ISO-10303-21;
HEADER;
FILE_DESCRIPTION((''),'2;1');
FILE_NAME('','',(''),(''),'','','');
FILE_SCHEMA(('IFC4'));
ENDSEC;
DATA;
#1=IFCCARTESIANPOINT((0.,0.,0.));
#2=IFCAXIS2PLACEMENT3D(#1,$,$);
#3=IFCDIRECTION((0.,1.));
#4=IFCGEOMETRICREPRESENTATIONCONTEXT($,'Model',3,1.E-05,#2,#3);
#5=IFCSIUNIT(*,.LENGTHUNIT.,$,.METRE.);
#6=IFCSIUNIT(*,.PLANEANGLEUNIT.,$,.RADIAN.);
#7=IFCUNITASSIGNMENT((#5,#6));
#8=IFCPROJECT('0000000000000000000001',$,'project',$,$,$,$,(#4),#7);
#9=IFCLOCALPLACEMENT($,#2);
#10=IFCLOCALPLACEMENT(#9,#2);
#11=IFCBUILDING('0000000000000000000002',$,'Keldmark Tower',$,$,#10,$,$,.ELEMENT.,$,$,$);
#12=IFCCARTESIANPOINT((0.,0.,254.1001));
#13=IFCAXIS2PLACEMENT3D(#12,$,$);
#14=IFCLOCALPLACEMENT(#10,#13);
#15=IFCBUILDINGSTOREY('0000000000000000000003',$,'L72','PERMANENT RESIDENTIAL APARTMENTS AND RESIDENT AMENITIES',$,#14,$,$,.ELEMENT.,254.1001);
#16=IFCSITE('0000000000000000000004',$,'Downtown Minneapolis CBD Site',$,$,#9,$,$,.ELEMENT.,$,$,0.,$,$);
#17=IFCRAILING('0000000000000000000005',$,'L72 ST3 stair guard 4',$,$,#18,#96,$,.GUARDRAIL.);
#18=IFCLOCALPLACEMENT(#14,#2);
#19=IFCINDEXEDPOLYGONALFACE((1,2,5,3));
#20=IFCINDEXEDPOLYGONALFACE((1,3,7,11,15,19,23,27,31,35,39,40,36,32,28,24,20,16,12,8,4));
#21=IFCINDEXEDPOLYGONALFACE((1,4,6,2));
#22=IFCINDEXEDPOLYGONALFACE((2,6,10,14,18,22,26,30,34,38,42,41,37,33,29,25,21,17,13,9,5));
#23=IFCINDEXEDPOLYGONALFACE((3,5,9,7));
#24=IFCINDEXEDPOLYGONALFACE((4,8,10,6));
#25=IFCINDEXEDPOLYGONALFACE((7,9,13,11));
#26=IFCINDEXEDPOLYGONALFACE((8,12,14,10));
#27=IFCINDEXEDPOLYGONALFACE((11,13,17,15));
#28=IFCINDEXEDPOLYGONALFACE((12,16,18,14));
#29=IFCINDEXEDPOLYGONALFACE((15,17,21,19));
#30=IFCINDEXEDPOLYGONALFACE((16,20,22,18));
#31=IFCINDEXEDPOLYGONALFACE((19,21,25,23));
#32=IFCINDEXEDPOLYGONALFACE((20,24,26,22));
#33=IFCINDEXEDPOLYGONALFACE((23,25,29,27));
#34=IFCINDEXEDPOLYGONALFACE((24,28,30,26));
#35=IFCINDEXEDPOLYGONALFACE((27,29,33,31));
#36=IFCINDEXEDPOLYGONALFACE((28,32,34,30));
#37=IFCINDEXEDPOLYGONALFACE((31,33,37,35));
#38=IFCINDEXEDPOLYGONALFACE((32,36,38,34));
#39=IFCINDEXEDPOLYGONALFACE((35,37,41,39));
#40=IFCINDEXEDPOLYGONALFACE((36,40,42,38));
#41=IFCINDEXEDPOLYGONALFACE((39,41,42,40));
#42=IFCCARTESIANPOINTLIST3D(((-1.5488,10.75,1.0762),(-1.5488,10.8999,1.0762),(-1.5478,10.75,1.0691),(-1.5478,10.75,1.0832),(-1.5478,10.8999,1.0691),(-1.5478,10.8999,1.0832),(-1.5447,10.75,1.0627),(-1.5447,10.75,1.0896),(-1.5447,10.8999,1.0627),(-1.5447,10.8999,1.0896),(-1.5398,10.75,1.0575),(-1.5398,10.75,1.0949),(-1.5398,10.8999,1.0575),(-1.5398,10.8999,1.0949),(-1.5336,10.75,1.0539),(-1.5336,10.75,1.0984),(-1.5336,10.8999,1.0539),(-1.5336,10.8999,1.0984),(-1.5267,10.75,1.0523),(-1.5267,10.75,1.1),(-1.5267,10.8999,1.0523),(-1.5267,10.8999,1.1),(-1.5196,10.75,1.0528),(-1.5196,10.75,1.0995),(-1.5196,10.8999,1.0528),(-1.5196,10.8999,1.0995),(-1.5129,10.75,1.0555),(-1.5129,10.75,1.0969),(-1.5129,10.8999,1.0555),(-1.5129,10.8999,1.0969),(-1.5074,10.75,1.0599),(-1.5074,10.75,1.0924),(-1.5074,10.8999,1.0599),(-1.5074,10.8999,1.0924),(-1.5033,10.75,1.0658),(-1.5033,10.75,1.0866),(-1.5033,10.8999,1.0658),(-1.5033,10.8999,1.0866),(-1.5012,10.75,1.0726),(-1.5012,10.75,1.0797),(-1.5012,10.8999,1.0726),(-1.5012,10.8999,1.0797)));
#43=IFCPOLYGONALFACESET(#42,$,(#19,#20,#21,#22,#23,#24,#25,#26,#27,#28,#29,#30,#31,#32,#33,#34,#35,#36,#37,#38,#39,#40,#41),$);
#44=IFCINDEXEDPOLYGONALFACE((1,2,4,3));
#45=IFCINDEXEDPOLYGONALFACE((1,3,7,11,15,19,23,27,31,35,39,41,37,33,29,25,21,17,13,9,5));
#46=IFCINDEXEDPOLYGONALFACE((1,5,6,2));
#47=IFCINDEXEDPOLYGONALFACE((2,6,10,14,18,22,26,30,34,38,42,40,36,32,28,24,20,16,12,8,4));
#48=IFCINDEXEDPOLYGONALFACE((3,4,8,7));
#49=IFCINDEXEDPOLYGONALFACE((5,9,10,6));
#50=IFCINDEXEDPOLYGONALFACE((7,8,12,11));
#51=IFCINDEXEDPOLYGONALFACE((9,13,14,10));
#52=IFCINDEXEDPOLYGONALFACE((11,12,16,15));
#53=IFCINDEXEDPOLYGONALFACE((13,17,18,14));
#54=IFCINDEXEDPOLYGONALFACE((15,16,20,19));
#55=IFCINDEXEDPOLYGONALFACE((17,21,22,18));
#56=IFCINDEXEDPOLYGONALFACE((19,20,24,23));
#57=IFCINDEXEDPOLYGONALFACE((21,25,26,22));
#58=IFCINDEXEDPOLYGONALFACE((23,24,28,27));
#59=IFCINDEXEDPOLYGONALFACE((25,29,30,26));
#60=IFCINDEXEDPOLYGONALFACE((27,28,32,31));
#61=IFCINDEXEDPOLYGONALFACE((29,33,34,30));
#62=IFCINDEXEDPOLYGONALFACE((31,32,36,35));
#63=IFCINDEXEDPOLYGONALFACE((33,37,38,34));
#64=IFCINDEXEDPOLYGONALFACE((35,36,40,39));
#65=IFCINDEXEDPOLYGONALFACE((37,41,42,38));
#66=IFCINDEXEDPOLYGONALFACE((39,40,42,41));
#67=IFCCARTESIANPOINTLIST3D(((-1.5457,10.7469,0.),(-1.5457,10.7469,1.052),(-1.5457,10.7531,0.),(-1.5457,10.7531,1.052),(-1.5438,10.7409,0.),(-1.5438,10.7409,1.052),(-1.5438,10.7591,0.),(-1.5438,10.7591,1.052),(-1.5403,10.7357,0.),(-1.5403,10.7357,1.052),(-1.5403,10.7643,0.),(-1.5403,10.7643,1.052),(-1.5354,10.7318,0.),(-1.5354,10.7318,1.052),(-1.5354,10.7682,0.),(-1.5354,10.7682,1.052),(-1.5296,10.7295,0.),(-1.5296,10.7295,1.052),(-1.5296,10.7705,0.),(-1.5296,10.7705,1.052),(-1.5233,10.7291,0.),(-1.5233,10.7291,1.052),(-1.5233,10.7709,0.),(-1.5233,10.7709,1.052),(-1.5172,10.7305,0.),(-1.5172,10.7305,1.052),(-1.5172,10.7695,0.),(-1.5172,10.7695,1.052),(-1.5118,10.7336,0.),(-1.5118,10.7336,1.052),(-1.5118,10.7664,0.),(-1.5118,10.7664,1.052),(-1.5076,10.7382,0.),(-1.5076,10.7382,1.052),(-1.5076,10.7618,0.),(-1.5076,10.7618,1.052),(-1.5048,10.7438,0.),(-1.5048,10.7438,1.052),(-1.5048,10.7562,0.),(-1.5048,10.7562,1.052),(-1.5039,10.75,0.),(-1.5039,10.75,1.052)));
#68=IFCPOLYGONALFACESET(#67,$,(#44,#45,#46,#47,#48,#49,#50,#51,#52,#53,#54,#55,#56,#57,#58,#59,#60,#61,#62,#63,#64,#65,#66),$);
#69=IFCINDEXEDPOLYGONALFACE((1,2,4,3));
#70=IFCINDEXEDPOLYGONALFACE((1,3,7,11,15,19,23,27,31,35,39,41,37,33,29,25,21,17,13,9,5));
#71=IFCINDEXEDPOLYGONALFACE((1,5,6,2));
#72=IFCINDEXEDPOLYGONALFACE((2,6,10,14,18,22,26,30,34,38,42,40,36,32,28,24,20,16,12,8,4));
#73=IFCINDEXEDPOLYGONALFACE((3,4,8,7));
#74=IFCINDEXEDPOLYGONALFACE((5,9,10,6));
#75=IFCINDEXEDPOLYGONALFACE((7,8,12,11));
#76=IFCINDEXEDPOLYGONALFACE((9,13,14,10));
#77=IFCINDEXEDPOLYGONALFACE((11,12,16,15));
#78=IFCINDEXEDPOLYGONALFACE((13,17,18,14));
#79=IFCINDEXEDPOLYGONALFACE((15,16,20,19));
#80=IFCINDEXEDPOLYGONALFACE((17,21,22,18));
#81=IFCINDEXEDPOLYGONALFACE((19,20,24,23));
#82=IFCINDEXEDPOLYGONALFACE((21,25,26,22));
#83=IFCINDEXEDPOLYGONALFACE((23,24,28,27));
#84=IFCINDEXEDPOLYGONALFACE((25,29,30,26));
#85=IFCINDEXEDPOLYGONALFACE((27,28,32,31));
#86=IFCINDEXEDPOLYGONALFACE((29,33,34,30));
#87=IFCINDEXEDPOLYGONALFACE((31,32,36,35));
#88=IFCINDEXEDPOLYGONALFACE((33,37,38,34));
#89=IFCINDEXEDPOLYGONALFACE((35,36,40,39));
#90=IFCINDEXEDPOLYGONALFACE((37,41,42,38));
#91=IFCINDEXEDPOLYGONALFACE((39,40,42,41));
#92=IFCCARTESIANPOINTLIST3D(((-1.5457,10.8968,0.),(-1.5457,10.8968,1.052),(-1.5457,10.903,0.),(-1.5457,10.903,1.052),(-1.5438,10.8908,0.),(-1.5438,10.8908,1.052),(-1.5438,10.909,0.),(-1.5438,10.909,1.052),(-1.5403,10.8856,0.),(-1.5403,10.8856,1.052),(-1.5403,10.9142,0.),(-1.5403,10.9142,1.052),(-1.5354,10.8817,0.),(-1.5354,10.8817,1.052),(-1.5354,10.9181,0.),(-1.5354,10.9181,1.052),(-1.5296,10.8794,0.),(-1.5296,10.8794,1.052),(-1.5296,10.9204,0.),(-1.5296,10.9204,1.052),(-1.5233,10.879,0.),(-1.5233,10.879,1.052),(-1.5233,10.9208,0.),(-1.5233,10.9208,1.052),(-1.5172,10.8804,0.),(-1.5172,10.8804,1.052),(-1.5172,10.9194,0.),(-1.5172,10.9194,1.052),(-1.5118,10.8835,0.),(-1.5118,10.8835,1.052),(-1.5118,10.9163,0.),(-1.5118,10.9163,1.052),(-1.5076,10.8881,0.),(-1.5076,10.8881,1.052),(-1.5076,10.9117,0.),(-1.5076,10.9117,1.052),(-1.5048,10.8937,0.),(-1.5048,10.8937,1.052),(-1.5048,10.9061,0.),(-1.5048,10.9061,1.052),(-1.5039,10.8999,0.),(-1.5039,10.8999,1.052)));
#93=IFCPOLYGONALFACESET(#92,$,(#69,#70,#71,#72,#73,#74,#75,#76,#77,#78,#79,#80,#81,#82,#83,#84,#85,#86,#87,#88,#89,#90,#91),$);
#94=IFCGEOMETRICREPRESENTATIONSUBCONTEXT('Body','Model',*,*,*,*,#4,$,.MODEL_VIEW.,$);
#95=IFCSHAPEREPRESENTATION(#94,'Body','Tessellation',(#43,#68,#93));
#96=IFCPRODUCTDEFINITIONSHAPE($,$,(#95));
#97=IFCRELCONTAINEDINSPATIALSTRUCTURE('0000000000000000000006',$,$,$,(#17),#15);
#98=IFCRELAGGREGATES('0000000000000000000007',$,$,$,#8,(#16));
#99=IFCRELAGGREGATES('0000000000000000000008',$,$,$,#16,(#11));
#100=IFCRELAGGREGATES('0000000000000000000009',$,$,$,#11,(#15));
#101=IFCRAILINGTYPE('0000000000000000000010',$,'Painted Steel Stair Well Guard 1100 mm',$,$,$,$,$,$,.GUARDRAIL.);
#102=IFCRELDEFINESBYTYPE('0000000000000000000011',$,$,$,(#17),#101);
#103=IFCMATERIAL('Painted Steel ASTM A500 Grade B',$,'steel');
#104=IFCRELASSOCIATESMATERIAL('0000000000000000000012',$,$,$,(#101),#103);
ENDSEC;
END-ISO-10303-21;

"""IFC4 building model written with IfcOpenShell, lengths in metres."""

from ifc_helpers import new_model, si_unit, direction, frame, origin, origin_2d, place, context, subcontext, project, spatial, circle, extrude, material, type_object, element, save


model = new_model("IFC4")

# Units and contexts
model_context = context("Model", 3, precision=1e-05, world=origin(), true_north=direction((0.0, 1.0)))
body_context = subcontext(model_context, "Body", "Model", "MODEL_VIEW")
ifc_project = project(units=[si_unit("LENGTHUNIT", "METRE"), si_unit("PLANEANGLEUNIT", "RADIAN")], contexts=[model_context])

# Site, building, storey
site_placement = place(None, origin())
site = spatial("IfcSite", under=ifc_project, at=site_placement, Name="Downtown Minneapolis CBD Site", CompositionType="ELEMENT", RefElevation=0.0)
building_placement = place(site_placement, origin())
building = spatial("IfcBuilding", under=site, at=building_placement, Name="Keldmark Tower", CompositionType="ELEMENT")
storey_placement = place(building_placement, frame((0.0, 0.0, 254.1001)))
storey = spatial("IfcBuildingStorey", under=building, at=storey_placement, Name="L72", Description="PERMANENT RESIDENTIAL APARTMENTS AND RESIDENT AMENITIES", CompositionType="ELEMENT", Elevation=254.1001)

# Railing
ifc_material_1 = material(Name="Painted Steel ASTM A500 Grade B", Category="steel")
railing_type_1 = type_object("IfcRailingType", Name="Painted Steel Stair Well Guard 1100 mm", PredefinedType="GUARDRAIL", material=ifc_material_1)
railing_1_placement = place(storey_placement, frame((-1.5249, 10.75, 0.0)))
element("IfcRailing", 1, at=railing_1_placement, inside=storey, type_object=railing_type_1, Name="L72 ST3 stair guard 4", PredefinedType="GUARDRAIL", context=body_context, shape_type="SweptSolid", body=[
    extrude(circle(Radius=0.0239, at=origin_2d()), frame((0.0, 0.0, 1.0762), z_axis=(0.0, 1.0, 0.0), x_axis=(-1.0, 0.0, 0.0)), (0.0, 0.0, 1.0), 0.1499),
    extrude(circle(Radius=0.021, at=origin_2d()), origin(), (0.0, 0.0, 1.0), 1.052),
    extrude(circle(Radius=0.021, at=origin_2d()), frame((0.0, 0.1499, 0.0)), (0.0, 0.0, 1.0), 1.052),
])

save(model, "model.ifc")
